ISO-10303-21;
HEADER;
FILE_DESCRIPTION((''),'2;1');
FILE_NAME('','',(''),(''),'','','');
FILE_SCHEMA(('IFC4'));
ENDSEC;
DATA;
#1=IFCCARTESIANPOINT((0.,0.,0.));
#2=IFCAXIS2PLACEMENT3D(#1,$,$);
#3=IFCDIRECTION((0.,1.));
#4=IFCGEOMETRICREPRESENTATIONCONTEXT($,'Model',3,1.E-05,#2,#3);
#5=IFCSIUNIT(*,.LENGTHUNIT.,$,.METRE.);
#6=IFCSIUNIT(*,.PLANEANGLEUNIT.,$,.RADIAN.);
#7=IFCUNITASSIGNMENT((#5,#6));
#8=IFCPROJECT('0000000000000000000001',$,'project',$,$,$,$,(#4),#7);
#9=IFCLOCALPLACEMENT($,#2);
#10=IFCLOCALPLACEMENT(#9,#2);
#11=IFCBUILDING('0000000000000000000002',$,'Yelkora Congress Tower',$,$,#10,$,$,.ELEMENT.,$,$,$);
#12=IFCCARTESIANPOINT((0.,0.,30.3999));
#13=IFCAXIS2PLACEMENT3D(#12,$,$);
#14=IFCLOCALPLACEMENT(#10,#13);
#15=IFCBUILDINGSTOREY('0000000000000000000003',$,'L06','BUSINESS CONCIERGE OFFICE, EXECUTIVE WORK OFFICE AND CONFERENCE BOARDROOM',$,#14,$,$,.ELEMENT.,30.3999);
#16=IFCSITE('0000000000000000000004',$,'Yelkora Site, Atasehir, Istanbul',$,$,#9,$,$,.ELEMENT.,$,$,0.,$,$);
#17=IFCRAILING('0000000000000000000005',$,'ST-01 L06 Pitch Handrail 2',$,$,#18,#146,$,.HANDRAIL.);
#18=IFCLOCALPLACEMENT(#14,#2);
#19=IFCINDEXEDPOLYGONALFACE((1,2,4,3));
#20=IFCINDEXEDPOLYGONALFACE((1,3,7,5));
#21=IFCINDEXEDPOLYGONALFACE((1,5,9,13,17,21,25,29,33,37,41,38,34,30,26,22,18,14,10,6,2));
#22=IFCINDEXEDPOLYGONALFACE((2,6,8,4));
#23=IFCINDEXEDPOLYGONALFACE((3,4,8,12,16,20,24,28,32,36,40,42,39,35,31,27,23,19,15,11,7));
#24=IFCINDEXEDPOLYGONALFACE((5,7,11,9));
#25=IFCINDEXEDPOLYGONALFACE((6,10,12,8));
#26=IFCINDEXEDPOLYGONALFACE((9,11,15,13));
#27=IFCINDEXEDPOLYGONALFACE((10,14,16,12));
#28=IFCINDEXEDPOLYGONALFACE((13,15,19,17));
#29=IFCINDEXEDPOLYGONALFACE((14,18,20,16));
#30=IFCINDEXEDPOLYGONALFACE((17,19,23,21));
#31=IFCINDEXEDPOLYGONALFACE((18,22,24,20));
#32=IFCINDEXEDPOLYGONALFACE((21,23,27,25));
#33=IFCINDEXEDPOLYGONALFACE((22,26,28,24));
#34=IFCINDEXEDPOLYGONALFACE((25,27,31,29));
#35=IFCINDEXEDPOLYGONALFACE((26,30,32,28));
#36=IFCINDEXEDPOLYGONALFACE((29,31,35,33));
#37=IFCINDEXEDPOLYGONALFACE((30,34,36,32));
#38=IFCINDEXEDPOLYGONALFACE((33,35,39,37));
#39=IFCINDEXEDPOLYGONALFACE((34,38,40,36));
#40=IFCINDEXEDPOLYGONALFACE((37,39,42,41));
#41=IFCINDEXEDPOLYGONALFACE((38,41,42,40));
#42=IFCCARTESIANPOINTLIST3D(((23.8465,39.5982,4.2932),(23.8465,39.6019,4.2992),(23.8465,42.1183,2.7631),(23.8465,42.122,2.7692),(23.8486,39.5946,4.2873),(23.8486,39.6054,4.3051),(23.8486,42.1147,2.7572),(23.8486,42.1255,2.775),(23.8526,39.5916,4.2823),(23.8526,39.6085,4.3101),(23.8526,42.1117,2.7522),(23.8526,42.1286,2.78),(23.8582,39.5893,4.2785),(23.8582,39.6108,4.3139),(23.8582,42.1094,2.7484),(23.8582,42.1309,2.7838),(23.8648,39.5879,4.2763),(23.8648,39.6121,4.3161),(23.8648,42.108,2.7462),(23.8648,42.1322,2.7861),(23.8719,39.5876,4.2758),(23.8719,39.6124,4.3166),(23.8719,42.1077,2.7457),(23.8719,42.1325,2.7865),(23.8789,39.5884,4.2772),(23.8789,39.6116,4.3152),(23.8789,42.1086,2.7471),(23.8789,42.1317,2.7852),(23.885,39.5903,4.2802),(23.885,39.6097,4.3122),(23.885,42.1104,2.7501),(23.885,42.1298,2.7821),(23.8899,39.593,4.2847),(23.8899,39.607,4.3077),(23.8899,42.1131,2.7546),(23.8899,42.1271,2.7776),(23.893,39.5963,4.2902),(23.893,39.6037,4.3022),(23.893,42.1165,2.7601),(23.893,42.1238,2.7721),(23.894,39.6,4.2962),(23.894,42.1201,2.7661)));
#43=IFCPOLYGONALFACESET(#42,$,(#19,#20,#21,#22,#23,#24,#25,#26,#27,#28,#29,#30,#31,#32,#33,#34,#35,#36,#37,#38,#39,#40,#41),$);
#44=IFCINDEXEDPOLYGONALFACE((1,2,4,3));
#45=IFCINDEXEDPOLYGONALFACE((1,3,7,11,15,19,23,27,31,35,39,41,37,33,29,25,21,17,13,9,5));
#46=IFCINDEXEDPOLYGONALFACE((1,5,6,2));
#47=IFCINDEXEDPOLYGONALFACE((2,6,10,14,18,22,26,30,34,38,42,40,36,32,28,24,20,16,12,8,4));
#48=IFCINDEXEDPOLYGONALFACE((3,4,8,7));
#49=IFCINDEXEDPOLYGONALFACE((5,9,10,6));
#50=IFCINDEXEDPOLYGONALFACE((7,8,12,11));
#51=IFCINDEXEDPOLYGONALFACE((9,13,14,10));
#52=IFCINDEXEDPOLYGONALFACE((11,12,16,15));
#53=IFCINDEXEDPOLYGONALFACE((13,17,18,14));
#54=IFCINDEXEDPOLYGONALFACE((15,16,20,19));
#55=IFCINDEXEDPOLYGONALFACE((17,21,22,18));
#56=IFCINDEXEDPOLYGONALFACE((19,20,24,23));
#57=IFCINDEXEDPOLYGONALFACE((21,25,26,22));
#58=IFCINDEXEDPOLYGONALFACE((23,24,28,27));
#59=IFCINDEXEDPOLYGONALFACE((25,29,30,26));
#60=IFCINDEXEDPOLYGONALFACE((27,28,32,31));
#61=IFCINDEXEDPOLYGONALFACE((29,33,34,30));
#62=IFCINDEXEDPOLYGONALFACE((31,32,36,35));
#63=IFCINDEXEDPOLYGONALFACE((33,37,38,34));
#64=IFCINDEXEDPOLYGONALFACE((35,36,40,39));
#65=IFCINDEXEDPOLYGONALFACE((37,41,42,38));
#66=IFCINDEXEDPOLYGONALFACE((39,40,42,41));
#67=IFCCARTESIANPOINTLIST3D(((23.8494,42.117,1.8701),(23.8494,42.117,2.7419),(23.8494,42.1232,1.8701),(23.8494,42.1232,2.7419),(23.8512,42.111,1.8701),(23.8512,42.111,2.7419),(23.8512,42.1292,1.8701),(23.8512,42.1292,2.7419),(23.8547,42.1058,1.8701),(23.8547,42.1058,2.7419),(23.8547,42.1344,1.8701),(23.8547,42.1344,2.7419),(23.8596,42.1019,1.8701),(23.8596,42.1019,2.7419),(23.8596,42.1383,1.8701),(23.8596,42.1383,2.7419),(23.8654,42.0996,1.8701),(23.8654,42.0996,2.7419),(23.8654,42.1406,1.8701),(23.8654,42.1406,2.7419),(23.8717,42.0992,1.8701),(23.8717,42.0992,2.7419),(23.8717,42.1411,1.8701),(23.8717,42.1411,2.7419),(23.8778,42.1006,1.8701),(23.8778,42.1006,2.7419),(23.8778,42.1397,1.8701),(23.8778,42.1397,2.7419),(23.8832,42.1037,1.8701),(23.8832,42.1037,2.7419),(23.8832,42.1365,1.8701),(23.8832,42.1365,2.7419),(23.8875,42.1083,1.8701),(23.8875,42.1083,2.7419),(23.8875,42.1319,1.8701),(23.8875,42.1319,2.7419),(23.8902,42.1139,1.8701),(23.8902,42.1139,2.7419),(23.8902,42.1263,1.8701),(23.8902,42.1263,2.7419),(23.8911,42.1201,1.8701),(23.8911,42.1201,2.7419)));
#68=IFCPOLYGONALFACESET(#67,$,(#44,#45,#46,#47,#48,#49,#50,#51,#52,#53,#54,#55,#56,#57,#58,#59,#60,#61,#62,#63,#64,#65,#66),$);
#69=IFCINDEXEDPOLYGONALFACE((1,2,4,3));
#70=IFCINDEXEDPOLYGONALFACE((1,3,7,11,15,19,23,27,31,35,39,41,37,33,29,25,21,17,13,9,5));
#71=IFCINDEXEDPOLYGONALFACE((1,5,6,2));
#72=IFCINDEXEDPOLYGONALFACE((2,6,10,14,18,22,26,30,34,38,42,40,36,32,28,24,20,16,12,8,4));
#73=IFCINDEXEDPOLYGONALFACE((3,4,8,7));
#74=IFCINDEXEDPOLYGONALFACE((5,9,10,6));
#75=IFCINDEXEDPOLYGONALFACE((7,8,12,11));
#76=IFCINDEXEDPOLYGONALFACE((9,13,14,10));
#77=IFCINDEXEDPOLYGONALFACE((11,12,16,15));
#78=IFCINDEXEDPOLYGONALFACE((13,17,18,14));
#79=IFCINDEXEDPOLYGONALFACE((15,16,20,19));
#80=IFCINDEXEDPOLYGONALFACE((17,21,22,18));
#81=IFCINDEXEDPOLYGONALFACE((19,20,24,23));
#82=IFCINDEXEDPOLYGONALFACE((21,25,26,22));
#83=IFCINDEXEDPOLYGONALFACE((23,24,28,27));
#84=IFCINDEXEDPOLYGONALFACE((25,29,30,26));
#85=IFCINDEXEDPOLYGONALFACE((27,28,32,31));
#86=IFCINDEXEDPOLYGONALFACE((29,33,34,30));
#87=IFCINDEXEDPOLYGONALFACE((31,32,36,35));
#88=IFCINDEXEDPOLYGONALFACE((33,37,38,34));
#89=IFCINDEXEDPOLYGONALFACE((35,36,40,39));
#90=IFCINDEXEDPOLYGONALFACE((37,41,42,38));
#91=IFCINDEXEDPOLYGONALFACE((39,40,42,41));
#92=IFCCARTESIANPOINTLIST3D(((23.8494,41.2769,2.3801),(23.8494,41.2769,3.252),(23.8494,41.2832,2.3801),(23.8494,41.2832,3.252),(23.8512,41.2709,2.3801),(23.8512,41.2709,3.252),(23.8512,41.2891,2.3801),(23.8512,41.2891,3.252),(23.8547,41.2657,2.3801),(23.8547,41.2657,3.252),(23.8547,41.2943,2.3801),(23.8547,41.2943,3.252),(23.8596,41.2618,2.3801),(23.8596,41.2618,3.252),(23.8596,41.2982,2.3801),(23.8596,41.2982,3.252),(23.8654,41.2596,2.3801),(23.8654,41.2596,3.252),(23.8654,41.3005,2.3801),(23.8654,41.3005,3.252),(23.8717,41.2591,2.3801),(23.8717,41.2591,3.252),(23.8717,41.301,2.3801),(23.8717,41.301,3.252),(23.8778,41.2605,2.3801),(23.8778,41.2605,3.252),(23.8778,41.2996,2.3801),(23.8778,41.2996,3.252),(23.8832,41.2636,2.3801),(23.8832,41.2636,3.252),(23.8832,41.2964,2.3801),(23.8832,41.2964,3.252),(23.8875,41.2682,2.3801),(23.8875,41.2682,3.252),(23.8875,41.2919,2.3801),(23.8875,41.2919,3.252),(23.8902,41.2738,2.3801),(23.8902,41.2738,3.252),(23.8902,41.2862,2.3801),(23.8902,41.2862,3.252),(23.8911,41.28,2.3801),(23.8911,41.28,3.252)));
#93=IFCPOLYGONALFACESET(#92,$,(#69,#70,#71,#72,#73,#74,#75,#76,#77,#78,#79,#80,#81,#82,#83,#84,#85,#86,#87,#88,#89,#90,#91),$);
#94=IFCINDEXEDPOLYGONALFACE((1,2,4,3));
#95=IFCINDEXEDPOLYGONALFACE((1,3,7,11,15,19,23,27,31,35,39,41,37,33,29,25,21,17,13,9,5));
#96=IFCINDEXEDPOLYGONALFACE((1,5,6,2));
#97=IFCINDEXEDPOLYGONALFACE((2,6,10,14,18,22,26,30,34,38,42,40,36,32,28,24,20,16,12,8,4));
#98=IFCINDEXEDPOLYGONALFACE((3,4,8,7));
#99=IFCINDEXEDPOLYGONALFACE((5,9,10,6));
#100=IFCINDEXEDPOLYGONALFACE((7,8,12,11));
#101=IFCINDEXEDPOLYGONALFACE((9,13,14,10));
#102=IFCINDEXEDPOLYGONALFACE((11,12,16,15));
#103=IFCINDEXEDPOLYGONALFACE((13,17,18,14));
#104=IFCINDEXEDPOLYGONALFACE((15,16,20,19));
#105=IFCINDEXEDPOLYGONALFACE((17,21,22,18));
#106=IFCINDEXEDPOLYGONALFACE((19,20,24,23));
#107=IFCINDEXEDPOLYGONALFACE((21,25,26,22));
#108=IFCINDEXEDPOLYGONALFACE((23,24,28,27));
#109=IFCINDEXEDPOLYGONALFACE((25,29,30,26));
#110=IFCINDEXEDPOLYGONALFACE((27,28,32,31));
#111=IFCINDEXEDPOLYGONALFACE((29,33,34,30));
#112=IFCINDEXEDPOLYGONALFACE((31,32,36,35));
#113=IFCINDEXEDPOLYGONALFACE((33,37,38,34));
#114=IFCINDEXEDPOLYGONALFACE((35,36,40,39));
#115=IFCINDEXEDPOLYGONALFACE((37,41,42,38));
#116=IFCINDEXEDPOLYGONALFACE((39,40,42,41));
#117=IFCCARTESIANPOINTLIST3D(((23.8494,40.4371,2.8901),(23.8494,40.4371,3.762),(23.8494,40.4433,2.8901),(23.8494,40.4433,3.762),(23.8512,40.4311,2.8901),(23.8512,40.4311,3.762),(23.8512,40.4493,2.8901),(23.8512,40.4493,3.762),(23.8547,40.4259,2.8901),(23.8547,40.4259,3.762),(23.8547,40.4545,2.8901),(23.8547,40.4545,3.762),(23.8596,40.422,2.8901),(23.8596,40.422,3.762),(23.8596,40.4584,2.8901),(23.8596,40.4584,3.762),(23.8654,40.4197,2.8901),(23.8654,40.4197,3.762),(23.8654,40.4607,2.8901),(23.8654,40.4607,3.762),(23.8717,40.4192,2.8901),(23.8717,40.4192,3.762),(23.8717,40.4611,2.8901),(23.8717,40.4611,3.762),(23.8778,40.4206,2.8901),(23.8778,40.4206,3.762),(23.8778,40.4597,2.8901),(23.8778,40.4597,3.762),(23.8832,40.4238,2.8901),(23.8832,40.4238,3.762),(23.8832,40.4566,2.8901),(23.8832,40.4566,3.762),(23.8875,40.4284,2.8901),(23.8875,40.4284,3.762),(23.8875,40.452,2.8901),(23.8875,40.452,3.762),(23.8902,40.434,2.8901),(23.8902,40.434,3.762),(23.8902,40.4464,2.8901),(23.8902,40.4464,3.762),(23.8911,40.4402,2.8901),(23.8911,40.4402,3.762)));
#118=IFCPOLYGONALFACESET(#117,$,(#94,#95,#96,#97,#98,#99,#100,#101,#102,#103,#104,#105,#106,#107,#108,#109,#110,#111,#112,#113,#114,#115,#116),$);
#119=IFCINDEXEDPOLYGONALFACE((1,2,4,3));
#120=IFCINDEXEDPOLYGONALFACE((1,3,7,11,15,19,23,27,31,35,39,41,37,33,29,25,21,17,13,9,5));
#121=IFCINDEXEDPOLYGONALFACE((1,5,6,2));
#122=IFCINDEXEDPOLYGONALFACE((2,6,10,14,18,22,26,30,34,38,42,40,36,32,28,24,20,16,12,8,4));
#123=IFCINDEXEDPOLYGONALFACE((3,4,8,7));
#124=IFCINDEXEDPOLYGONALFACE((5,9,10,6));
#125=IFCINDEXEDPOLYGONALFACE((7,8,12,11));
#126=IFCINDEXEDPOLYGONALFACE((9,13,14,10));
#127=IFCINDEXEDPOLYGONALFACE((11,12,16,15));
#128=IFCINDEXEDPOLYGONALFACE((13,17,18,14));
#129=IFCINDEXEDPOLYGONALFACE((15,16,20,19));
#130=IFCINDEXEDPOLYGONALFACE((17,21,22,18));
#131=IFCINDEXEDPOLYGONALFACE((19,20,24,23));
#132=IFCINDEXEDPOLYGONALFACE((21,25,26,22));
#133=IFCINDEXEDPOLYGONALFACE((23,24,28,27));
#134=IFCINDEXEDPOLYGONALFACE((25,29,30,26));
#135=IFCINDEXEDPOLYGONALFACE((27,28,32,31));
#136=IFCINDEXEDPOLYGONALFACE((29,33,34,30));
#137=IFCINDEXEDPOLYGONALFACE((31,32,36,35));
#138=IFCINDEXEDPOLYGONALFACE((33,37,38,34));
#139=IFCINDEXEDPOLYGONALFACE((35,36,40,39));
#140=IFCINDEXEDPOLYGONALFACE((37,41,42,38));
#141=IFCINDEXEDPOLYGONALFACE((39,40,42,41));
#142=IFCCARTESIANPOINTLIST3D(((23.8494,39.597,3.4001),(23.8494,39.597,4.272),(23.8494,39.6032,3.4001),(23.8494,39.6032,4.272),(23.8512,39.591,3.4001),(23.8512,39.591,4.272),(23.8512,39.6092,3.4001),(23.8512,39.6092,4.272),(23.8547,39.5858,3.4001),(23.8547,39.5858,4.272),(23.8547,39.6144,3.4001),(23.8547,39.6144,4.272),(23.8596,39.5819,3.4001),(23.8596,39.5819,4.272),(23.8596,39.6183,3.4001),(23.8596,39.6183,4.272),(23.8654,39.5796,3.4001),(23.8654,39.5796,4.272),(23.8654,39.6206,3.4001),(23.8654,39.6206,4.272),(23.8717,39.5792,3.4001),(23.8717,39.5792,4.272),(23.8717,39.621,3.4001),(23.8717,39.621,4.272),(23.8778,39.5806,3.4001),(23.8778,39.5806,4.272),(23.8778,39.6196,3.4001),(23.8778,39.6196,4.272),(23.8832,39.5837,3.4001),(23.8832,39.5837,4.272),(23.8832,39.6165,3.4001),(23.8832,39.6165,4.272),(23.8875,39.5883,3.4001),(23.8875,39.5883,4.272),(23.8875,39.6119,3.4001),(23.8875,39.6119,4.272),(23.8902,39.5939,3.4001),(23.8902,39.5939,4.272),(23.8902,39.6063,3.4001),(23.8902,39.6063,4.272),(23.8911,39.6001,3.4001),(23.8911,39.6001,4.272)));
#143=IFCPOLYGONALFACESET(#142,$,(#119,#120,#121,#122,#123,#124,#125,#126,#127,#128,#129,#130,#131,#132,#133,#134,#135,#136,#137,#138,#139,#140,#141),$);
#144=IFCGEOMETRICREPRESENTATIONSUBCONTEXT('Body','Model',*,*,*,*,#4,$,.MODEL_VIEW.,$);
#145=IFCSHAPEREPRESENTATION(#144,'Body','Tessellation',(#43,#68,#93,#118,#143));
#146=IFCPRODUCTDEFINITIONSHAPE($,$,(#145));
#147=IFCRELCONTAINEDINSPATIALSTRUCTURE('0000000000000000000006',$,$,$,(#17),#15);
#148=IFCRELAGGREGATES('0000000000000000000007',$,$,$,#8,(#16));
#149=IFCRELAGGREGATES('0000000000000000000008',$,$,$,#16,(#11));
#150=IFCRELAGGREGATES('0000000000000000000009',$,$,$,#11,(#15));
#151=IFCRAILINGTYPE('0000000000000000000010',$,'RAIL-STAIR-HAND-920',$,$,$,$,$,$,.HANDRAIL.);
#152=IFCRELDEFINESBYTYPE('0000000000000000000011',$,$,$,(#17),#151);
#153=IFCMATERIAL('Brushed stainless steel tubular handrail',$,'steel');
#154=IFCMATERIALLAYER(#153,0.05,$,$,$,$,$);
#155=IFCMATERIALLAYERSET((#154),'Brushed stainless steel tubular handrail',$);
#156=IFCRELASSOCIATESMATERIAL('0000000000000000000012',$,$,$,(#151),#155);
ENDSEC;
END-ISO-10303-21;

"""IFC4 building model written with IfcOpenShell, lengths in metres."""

from ifc_helpers import new_model, si_unit, direction, frame, origin, origin_2d, place, context, subcontext, project, spatial, circle, extrude, material, layer, layer_set, type_object, element, save


model = new_model("IFC4")

# Units and contexts
model_context = context("Model", 3, precision=1e-05, world=origin(), true_north=direction((0.0, 1.0)))
body_context = subcontext(model_context, "Body", "Model", "MODEL_VIEW")
ifc_project = project(units=[si_unit("LENGTHUNIT", "METRE"), si_unit("PLANEANGLEUNIT", "RADIAN")], contexts=[model_context])

# Site, building, storey
site_placement = place(None, origin())
site = spatial("IfcSite", under=ifc_project, at=site_placement, Name="Yelkora Site, Atasehir, Istanbul", CompositionType="ELEMENT", RefElevation=0.0)
building_placement = place(site_placement, origin())
building = spatial("IfcBuilding", under=site, at=building_placement, Name="Yelkora Congress Tower", CompositionType="ELEMENT")
storey_placement = place(building_placement, frame((0.0, 0.0, 30.3999)))
storey = spatial("IfcBuildingStorey", under=building, at=storey_placement, Name="L06", Description="BUSINESS CONCIERGE OFFICE, EXECUTIVE WORK OFFICE AND CONFERENCE BOARDROOM", CompositionType="ELEMENT", Elevation=30.3999)

# Railing
ifc_material_1 = material(Name="Brushed stainless steel tubular handrail", Category="steel")
ifc_layer_1 = layer(ifc_material_1, 0.05)
ifc_layer_set_1 = layer_set([ifc_layer_1], Name="Brushed stainless steel tubular handrail")
railing_type_1 = type_object("IfcRailingType", Name="RAIL-STAIR-HAND-920", PredefinedType="HANDRAIL", material=ifc_layer_set_1)
railing_1_placement = place(storey_placement, frame((23.8701, 42.1201, 1.8701)))
element("IfcRailing", 1, at=railing_1_placement, inside=storey, type_object=railing_type_1, Name="ST-01 L06 Pitch Handrail 2", PredefinedType="HANDRAIL", context=body_context, shape_type="SweptSolid", body=[
    extrude(circle(Radius=0.0239, at=origin_2d()), frame((0.0, 0.0, 0.896), z_axis=(0.0, -0.854785, 0.518982), x_axis=(1.0, 0.0, 0.0)), (0.0, 0.0, 1.0), 2.9482),
    extrude(circle(Radius=0.021, at=origin_2d()), origin(), (0.0, 0.0, 1.0), 0.8718),
    extrude(circle(Radius=0.021, at=origin_2d()), frame((0.0, -0.8401, 0.51)), (0.0, 0.0, 1.0), 0.8718),
    extrude(circle(Radius=0.021, at=origin_2d()), frame((0.0, -1.6799, 1.02)), (0.0, 0.0, 1.0), 0.8718),
    extrude(circle(Radius=0.021, at=origin_2d()), frame((0.0, -2.52, 1.53)), (0.0, 0.0, 1.0), 0.8718),
])

save(model, "model.ifc")
